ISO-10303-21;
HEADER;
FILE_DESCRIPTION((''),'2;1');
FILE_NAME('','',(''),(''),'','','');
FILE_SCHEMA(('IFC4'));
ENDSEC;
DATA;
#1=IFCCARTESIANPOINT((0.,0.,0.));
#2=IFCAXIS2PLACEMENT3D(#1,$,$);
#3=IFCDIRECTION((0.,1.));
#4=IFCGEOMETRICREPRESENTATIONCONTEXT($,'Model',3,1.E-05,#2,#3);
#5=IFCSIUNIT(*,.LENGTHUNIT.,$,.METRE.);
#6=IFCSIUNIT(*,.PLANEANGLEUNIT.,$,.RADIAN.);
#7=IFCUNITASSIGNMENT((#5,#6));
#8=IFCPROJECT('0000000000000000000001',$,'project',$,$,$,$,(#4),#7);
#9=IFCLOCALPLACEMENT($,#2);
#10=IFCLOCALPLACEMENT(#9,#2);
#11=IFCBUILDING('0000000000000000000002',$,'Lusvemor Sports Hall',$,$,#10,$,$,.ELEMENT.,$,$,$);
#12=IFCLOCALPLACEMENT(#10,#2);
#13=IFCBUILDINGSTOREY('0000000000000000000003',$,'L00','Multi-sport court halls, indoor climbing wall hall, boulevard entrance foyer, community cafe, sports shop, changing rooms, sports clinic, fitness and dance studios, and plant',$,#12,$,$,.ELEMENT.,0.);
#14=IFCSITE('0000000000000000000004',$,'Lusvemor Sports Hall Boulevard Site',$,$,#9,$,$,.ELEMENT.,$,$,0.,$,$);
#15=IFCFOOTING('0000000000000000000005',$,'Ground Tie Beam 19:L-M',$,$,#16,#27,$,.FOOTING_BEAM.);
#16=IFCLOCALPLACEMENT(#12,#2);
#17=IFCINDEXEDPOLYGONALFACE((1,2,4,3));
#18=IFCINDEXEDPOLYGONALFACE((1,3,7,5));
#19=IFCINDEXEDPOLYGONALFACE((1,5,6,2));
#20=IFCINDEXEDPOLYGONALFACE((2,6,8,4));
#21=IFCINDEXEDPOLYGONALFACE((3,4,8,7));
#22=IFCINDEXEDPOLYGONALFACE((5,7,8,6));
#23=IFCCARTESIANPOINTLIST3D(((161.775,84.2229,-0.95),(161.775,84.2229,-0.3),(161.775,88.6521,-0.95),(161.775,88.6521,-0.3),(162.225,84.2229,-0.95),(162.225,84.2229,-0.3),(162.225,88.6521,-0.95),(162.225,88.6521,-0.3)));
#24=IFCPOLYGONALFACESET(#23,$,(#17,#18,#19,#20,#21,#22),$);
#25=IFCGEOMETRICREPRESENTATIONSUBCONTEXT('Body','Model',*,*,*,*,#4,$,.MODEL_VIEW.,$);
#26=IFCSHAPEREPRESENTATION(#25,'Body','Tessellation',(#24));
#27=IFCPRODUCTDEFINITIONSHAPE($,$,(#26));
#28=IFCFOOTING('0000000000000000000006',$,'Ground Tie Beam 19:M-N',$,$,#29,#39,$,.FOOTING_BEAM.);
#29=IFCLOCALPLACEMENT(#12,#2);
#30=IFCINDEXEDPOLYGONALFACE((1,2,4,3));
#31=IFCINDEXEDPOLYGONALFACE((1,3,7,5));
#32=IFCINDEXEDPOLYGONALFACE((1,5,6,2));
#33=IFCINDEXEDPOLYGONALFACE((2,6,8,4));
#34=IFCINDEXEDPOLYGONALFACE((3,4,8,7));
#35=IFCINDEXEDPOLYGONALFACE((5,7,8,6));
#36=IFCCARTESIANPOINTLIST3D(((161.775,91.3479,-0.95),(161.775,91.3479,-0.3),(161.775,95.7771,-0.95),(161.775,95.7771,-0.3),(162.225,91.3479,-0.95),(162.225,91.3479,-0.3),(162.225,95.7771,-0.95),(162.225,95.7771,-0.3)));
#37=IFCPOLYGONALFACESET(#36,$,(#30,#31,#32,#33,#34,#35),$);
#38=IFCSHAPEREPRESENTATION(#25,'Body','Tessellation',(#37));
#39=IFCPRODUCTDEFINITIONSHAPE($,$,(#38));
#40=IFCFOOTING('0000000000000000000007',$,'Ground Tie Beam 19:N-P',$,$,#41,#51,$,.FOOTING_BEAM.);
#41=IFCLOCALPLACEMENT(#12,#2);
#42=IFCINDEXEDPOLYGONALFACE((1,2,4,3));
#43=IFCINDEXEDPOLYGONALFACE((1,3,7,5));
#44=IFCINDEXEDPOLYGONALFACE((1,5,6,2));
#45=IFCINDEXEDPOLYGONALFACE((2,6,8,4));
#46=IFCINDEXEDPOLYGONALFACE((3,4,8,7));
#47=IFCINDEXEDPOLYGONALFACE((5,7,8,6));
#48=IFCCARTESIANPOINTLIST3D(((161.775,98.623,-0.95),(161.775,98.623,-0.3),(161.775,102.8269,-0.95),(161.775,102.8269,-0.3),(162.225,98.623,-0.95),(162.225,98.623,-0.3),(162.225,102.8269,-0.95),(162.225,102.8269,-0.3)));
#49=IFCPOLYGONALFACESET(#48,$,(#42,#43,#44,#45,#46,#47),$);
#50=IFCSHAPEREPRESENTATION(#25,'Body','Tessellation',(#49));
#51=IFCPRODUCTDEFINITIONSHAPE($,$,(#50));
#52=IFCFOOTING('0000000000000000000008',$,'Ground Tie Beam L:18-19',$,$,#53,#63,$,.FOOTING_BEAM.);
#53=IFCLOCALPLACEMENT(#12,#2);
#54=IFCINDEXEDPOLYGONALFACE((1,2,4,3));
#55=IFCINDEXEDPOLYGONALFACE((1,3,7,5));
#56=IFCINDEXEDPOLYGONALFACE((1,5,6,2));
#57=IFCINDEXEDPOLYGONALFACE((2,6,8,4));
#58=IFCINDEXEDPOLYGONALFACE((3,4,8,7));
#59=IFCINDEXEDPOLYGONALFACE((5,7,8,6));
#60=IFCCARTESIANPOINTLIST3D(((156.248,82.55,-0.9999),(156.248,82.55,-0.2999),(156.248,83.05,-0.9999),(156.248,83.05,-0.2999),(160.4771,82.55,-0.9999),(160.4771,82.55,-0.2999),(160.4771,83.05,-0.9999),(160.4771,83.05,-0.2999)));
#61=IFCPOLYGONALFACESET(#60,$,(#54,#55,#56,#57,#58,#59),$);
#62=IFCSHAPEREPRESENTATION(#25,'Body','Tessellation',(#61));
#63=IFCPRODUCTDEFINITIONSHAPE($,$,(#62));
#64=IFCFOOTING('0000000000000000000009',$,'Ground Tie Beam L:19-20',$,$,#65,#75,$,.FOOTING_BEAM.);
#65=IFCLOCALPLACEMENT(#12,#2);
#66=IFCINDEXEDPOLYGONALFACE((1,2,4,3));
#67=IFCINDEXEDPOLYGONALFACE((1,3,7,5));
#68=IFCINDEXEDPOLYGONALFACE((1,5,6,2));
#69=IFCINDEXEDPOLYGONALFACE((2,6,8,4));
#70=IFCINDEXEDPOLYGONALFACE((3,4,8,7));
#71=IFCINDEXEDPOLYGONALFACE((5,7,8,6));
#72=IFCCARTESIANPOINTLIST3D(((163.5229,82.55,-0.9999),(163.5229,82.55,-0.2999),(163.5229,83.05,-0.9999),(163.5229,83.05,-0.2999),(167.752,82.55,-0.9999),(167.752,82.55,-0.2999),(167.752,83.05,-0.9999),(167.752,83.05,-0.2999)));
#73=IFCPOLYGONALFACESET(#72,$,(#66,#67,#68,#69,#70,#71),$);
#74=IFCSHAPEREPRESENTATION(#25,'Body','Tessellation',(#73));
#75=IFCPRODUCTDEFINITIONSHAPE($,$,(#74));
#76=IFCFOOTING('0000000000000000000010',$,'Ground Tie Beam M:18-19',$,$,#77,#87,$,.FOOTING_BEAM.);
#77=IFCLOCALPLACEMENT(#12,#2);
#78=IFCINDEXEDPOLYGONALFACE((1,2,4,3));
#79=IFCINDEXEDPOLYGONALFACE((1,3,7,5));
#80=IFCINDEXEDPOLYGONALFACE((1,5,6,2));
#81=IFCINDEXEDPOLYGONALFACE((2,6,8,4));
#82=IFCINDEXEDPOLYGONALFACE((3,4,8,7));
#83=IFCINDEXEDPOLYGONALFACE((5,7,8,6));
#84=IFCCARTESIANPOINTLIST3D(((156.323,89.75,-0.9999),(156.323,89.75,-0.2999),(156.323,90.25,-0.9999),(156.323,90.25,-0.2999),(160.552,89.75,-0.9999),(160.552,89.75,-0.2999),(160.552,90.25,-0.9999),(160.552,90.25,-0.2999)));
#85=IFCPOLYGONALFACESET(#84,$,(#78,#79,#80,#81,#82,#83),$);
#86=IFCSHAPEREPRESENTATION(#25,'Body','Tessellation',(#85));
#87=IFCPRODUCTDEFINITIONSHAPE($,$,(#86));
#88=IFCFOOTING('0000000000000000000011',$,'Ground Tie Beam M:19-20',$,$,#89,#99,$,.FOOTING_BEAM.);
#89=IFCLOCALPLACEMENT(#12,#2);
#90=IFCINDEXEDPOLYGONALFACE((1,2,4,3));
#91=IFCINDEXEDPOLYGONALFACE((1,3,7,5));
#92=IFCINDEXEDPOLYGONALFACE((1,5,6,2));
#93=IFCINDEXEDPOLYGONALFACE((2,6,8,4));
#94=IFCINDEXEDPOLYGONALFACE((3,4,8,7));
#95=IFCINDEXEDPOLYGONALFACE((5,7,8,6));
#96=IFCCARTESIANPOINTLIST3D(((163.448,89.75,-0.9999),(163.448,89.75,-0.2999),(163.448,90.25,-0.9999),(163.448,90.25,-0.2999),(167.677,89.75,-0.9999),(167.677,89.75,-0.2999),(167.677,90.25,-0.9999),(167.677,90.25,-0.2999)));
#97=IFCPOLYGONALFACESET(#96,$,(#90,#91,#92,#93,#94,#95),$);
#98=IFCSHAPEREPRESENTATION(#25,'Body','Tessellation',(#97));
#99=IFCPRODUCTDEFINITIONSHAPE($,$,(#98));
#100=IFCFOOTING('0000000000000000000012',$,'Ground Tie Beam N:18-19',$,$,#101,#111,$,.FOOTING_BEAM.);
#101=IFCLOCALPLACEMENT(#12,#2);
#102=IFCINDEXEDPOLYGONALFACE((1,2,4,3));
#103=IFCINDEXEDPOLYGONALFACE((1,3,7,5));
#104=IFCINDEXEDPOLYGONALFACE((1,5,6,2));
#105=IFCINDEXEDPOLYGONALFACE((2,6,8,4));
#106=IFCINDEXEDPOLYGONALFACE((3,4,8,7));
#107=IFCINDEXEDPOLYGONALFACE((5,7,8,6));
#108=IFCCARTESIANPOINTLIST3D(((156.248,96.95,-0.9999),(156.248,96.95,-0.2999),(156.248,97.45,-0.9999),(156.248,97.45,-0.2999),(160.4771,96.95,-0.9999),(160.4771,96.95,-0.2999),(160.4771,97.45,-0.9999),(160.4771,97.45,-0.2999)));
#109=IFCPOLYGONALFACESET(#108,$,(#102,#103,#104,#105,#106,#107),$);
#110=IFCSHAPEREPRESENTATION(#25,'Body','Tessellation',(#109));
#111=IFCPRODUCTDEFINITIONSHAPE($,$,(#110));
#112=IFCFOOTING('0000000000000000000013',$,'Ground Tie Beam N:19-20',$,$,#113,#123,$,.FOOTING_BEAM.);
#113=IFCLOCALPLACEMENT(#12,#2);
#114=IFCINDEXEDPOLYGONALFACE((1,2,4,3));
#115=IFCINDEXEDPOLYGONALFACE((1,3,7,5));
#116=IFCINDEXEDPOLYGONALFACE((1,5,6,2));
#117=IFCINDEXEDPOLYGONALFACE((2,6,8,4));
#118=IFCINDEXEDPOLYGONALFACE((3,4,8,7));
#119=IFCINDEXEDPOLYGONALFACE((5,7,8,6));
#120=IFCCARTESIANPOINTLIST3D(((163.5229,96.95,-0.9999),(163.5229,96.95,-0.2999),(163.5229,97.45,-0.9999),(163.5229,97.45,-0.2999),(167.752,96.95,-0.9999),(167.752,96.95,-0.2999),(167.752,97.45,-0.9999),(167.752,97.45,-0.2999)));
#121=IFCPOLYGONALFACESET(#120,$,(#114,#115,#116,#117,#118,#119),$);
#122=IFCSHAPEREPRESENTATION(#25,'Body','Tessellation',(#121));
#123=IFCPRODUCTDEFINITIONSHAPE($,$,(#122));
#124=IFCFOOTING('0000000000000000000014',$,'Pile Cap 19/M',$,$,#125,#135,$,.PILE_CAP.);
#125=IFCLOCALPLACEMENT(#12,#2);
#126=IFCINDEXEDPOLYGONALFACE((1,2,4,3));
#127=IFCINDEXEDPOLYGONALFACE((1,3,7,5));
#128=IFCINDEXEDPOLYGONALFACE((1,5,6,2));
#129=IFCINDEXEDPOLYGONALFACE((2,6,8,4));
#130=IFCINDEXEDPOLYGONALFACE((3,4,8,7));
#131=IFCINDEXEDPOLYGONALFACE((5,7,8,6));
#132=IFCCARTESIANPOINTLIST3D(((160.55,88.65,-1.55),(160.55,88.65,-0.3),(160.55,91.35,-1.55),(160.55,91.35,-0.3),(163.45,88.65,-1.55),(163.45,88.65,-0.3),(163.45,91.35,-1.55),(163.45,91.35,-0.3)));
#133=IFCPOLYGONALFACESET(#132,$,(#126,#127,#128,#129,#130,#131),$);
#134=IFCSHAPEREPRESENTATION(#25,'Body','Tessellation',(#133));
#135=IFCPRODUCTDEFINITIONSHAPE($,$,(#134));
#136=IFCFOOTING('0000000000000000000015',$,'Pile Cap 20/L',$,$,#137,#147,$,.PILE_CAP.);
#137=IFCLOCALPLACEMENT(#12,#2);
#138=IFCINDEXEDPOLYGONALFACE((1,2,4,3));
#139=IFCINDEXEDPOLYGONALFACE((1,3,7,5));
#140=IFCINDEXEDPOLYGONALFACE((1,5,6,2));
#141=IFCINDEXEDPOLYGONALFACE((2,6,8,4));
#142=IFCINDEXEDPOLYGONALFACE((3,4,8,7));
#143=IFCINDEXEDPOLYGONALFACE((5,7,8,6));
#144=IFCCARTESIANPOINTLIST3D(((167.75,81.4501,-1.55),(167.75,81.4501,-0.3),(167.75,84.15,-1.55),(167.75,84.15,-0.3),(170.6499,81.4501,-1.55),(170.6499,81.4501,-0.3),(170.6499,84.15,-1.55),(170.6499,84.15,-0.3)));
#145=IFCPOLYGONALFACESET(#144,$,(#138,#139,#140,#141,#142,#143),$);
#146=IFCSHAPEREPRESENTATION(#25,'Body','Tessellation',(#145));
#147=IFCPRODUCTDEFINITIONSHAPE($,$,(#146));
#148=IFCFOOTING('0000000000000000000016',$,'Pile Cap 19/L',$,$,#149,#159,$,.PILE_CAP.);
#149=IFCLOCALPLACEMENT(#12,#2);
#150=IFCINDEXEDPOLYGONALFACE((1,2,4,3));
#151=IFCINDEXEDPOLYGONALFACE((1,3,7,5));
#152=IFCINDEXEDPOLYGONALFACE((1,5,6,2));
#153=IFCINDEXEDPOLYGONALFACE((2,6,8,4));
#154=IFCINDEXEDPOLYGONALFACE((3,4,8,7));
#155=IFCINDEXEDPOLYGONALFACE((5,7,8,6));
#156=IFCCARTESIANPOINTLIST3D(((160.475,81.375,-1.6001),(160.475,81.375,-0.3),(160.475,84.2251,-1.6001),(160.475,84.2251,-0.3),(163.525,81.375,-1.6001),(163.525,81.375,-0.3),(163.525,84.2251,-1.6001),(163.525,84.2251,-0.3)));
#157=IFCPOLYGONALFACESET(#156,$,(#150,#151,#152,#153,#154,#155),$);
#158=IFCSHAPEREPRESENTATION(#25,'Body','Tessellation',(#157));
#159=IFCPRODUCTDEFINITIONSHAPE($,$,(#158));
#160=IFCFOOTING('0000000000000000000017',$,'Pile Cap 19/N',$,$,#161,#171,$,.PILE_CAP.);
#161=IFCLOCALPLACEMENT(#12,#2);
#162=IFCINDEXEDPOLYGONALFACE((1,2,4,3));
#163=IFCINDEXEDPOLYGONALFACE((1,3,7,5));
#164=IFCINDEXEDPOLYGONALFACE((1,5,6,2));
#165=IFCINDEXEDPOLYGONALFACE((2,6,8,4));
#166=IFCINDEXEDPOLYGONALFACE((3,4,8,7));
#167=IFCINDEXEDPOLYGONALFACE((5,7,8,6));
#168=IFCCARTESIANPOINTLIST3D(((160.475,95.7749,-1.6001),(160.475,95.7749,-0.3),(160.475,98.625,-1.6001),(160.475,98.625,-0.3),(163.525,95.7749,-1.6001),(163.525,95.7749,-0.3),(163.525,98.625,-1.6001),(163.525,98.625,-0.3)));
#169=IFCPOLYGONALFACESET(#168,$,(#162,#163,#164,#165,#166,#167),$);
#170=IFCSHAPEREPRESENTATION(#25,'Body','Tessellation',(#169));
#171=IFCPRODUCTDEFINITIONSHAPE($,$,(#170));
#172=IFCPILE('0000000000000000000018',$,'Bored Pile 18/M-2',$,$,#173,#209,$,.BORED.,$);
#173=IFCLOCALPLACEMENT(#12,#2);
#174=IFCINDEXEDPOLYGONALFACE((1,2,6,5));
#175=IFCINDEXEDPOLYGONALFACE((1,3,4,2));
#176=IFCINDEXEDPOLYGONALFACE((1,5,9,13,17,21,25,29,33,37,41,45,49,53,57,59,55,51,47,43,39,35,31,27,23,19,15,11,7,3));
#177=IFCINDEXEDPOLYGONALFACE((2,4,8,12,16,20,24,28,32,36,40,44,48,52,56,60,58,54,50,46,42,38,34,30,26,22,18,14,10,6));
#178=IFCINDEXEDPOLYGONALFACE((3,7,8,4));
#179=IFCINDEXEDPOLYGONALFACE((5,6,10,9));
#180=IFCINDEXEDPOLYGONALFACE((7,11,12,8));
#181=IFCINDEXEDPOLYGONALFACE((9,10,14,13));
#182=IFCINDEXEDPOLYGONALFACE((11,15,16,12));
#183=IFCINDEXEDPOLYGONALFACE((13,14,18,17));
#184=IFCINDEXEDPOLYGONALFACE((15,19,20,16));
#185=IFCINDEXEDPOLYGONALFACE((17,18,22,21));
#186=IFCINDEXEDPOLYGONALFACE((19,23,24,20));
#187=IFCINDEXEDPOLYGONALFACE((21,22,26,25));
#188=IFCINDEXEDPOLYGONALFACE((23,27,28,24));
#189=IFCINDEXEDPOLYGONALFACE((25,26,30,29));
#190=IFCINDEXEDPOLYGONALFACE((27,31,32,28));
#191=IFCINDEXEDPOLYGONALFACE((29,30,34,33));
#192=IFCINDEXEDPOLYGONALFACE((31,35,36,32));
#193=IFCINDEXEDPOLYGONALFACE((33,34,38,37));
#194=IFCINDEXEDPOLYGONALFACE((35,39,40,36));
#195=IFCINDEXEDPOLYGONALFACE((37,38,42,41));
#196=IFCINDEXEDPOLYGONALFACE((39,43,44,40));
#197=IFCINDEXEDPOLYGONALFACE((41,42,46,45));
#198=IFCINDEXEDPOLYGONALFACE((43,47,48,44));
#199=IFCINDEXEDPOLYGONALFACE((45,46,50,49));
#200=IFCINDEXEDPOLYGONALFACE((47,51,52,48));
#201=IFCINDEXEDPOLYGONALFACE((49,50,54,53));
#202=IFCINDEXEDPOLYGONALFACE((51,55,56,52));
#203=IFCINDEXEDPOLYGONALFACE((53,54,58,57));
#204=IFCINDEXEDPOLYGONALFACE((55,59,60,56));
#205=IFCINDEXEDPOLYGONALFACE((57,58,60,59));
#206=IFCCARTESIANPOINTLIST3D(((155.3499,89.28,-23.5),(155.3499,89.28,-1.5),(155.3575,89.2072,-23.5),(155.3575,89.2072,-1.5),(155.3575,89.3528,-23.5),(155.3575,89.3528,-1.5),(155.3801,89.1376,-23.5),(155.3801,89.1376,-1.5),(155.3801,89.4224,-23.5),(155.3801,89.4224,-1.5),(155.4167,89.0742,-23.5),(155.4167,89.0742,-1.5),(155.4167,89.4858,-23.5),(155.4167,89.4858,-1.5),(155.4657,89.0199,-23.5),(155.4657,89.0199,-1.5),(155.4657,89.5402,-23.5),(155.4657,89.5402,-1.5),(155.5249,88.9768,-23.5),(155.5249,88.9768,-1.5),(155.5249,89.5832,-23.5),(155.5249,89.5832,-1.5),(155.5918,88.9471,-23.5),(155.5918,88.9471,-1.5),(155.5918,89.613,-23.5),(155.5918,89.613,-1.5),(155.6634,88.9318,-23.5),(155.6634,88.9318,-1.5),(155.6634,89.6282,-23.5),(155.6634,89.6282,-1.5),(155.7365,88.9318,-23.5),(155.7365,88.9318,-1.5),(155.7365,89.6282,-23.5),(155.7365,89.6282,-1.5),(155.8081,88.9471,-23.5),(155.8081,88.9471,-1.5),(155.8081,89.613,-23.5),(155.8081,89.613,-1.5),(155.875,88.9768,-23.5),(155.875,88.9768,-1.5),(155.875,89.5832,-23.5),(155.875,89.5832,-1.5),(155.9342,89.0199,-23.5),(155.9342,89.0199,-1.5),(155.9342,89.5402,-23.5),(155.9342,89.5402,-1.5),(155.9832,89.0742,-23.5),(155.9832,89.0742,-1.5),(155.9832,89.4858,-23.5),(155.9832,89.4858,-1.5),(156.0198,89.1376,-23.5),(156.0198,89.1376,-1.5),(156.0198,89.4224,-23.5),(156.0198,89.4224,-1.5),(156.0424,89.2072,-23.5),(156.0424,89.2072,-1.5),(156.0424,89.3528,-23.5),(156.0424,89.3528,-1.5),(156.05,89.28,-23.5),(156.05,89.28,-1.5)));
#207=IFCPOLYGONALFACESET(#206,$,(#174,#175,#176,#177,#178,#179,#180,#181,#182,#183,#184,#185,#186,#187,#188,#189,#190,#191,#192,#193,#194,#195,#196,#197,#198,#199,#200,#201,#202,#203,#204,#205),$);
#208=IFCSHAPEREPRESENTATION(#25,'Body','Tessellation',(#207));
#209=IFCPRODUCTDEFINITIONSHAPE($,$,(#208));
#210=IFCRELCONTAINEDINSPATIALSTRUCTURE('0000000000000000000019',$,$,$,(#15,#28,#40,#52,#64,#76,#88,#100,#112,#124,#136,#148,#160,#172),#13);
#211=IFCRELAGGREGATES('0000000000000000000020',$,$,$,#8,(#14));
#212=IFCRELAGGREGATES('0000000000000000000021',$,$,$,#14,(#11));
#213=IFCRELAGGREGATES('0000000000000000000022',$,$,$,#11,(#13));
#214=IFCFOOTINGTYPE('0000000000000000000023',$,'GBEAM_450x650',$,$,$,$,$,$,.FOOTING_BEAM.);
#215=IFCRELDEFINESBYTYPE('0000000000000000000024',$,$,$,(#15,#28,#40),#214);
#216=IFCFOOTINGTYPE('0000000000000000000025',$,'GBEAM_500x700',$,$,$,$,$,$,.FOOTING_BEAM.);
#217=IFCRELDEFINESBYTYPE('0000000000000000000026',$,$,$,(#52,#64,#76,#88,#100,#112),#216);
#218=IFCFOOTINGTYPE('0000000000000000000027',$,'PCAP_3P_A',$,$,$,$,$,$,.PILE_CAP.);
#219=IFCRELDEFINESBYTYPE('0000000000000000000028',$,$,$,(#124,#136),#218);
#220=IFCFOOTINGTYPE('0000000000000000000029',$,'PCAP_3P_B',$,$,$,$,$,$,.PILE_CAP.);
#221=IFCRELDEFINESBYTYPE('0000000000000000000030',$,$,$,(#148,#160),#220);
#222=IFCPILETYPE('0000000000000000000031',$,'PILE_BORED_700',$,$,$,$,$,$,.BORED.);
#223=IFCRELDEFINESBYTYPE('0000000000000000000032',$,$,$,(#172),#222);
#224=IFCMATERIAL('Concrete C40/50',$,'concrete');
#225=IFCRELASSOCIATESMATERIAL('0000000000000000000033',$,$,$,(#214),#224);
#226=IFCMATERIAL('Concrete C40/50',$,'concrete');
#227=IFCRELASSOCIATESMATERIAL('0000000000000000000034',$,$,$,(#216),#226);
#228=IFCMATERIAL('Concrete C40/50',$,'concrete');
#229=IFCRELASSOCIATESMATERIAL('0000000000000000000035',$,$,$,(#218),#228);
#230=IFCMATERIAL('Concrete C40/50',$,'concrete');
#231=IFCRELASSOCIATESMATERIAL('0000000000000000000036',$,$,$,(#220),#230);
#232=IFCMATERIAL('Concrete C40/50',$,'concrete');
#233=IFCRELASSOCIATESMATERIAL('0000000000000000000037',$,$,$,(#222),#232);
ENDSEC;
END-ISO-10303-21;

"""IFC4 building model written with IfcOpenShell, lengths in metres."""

from ifc_helpers import new_model, si_unit, direction, frame, origin, origin_2d, place, context, subcontext, project, spatial, rectangle, circle, extrude, material, material_profile, profile_set, type_object, element, save


model = new_model("IFC4")

# Units and contexts
model_context = context("Model", 3, precision=1e-05, world=origin(), true_north=direction((0.0, 1.0)))
body_context = subcontext(model_context, "Body", "Model", "MODEL_VIEW")
ifc_project = project(units=[si_unit("LENGTHUNIT", "METRE"), si_unit("PLANEANGLEUNIT", "RADIAN")], contexts=[model_context])

# Site, building, storey
site_placement = place(None, origin())
site = spatial("IfcSite", under=ifc_project, at=site_placement, Name="Lusvemor Sports Hall Boulevard Site", CompositionType="ELEMENT", RefElevation=0.0)
building_placement = place(site_placement, origin())
building = spatial("IfcBuilding", under=site, at=building_placement, Name="Lusvemor Sports Hall", CompositionType="ELEMENT")
storey_placement = place(building_placement, origin())
storey = spatial("IfcBuildingStorey", under=building, at=storey_placement, Name="L00", Description="Multi-sport court halls, indoor climbing wall hall, boulevard entrance foyer, community cafe, sports shop, changing rooms, sports clinic, fitness and dance studios, and plant", CompositionType="ELEMENT", Elevation=0.0)

# Footings
ifc_material_1 = material(Name="Concrete C40/50", Category="concrete")
ifc_material_profile_1 = material_profile(ifc_material_1, rectangle(XDim=0.45, YDim=0.6499, at=origin_2d()), Name="GB_450x650")
ifc_profile_set_1 = profile_set([ifc_material_profile_1], Name="Concrete C40/50")
footing_type_1 = type_object("IfcFootingType", Name="GBEAM_450x650", PredefinedType="FOOTING_BEAM", material=ifc_profile_set_1)
for number, where, z_axis, x_axis, name in (
    (1, (162.0, 84.2229, -0.625), (0.0, 1.0, 0.0), (-1.0, 0.0, 0.0), "Ground Tie Beam 19:L-M"),
    (2, (162.0, 91.3479, -0.625), (0.0, 1.0, 0.0), (-1.0, 0.0, 0.0), "Ground Tie Beam 19:M-N"),
):
    element("IfcFooting", number, at=place(storey_placement, frame(where, z_axis=z_axis, x_axis=x_axis)), inside=storey, type_object=footing_type_1, Name=name, PredefinedType="FOOTING_BEAM", context=body_context, shape_type="SweptSolid", body=[
        extrude(rectangle(XDim=0.45, YDim=0.6499, at=origin_2d()), origin(), (0.0, 0.0, 1.0), 4.4292),
    ])
footing_placement = place(storey_placement, frame((162.0, 98.623, -0.625), z_axis=(0.0, 1.0, 0.0), x_axis=(-1.0, 0.0, 0.0)))
element("IfcFooting", 3, at=footing_placement, inside=storey, type_object=footing_type_1, Name="Ground Tie Beam 19:N-P", PredefinedType="FOOTING_BEAM", context=body_context, shape_type="SweptSolid", body=[
    extrude(rectangle(XDim=0.45, YDim=0.6499, at=origin_2d()), origin(), (0.0, 0.0, 1.0), 4.2039),
])
ifc_material_2 = material(Name="Concrete C40/50", Category="concrete")
ifc_material_profile_2 = material_profile(ifc_material_2, rectangle(XDim=0.5, YDim=0.7, at=origin_2d()), Name="GB_500x700")
ifc_profile_set_2 = profile_set([ifc_material_profile_2], Name="Concrete C40/50")
footing_type_2 = type_object("IfcFootingType", Name="GBEAM_500x700", PredefinedType="FOOTING_BEAM", material=ifc_profile_set_2)
for number, where, z_axis, x_axis, name in (
    (4, (156.248, 82.8, -0.6499), (1.0, 0.0, 0.0), (0.0, 1.0, 0.0), "Ground Tie Beam L:18-19"),
    (5, (163.5229, 82.8, -0.6499), (1.0, 0.0, 0.0), (0.0, 1.0, 0.0), "Ground Tie Beam L:19-20"),
    (6, (156.323, 90.0, -0.6499), (1.0, 0.0, 0.0), (0.0, 1.0, 0.0), "Ground Tie Beam M:18-19"),
    (7, (163.448, 90.0, -0.6499), (1.0, 0.0, 0.0), (0.0, 1.0, 0.0), "Ground Tie Beam M:19-20"),
    (8, (156.248, 97.2, -0.6499), (1.0, 0.0, 0.0), (0.0, 1.0, 0.0), "Ground Tie Beam N:18-19"),
    (9, (163.5229, 97.2, -0.6499), (1.0, 0.0, 0.0), (0.0, 1.0, 0.0), "Ground Tie Beam N:19-20"),
):
    element("IfcFooting", number, at=place(storey_placement, frame(where, z_axis=z_axis, x_axis=x_axis)), inside=storey, type_object=footing_type_2, Name=name, PredefinedType="FOOTING_BEAM", context=body_context, shape_type="SweptSolid", body=[
        extrude(rectangle(XDim=0.5, YDim=0.7, at=origin_2d()), origin(), (0.0, 0.0, 1.0), 4.229),
    ])
ifc_material_3 = material(Name="Concrete C40/50", Category="concrete")
footing_type_3 = type_object("IfcFootingType", Name="PCAP_3P_A", PredefinedType="PILE_CAP", material=ifc_material_3)
for number, where, z_axis, x_axis, name in (
    (10, (162.0, 90.0, -1.55), (0.0, 0.0, 1.0), (1.0, 0.0, 0.0), "Pile Cap 19/M"),
    (11, (169.2, 82.8, -1.55), (0.0, 0.0, 1.0), (1.0, 0.0, 0.0), "Pile Cap 20/L"),
):
    element("IfcFooting", number, at=place(storey_placement, frame(where, z_axis=z_axis, x_axis=x_axis)), inside=storey, type_object=footing_type_3, Name=name, PredefinedType="PILE_CAP", context=body_context, shape_type="SweptSolid", body=[
        extrude(rectangle(XDim=2.8999, YDim=2.7, at=origin_2d()), origin(), (0.0, 0.0, 1.0), 1.25),
    ])
ifc_material_4 = material(Name="Concrete C40/50", Category="concrete")
footing_type_4 = type_object("IfcFootingType", Name="PCAP_3P_B", PredefinedType="PILE_CAP", material=ifc_material_4)
for number, where, z_axis, x_axis, name in (
    (12, (162.0, 82.8, -1.6001), (0.0, 0.0, 1.0), (1.0, 0.0, 0.0), "Pile Cap 19/L"),
    (13, (162.0, 97.2, -1.6001), (0.0, 0.0, 1.0), (1.0, 0.0, 0.0), "Pile Cap 19/N"),
):
    element("IfcFooting", number, at=place(storey_placement, frame(where, z_axis=z_axis, x_axis=x_axis)), inside=storey, type_object=footing_type_4, Name=name, PredefinedType="PILE_CAP", context=body_context, shape_type="SweptSolid", body=[
        extrude(rectangle(XDim=3.05, YDim=2.8501, at=origin_2d()), origin(), (0.0, 0.0, 1.0), 1.3),
    ])

# Pile
ifc_material_5 = material(Name="Concrete C40/50", Category="concrete")
ifc_material_profile_3 = material_profile(ifc_material_5, circle(Radius=0.3501, at=origin_2d()), Name="PILE700")
ifc_profile_set_3 = profile_set([ifc_material_profile_3], Name="Concrete C40/50")
pile_type = type_object("IfcPileType", Name="PILE_BORED_700", PredefinedType="BORED", material=ifc_profile_set_3)
for number, where, z_axis, x_axis, name in (
    (14, (155.7, 89.28, -1.5), (0.0, 0.0, -1.0), (1.0, 0.0, 0.0), "Bored Pile 18/M-2"),
):
    element("IfcPile", number, at=place(storey_placement, frame(where, z_axis=z_axis, x_axis=x_axis)), inside=storey, type_object=pile_type, Name=name, PredefinedType="BORED", context=body_context, shape_type="SweptSolid", body=[
        extrude(circle(Radius=0.3501, at=origin_2d()), origin(), (0.0, 0.0, 1.0), 22.0),
    ])

save(model, "model.ifc")
